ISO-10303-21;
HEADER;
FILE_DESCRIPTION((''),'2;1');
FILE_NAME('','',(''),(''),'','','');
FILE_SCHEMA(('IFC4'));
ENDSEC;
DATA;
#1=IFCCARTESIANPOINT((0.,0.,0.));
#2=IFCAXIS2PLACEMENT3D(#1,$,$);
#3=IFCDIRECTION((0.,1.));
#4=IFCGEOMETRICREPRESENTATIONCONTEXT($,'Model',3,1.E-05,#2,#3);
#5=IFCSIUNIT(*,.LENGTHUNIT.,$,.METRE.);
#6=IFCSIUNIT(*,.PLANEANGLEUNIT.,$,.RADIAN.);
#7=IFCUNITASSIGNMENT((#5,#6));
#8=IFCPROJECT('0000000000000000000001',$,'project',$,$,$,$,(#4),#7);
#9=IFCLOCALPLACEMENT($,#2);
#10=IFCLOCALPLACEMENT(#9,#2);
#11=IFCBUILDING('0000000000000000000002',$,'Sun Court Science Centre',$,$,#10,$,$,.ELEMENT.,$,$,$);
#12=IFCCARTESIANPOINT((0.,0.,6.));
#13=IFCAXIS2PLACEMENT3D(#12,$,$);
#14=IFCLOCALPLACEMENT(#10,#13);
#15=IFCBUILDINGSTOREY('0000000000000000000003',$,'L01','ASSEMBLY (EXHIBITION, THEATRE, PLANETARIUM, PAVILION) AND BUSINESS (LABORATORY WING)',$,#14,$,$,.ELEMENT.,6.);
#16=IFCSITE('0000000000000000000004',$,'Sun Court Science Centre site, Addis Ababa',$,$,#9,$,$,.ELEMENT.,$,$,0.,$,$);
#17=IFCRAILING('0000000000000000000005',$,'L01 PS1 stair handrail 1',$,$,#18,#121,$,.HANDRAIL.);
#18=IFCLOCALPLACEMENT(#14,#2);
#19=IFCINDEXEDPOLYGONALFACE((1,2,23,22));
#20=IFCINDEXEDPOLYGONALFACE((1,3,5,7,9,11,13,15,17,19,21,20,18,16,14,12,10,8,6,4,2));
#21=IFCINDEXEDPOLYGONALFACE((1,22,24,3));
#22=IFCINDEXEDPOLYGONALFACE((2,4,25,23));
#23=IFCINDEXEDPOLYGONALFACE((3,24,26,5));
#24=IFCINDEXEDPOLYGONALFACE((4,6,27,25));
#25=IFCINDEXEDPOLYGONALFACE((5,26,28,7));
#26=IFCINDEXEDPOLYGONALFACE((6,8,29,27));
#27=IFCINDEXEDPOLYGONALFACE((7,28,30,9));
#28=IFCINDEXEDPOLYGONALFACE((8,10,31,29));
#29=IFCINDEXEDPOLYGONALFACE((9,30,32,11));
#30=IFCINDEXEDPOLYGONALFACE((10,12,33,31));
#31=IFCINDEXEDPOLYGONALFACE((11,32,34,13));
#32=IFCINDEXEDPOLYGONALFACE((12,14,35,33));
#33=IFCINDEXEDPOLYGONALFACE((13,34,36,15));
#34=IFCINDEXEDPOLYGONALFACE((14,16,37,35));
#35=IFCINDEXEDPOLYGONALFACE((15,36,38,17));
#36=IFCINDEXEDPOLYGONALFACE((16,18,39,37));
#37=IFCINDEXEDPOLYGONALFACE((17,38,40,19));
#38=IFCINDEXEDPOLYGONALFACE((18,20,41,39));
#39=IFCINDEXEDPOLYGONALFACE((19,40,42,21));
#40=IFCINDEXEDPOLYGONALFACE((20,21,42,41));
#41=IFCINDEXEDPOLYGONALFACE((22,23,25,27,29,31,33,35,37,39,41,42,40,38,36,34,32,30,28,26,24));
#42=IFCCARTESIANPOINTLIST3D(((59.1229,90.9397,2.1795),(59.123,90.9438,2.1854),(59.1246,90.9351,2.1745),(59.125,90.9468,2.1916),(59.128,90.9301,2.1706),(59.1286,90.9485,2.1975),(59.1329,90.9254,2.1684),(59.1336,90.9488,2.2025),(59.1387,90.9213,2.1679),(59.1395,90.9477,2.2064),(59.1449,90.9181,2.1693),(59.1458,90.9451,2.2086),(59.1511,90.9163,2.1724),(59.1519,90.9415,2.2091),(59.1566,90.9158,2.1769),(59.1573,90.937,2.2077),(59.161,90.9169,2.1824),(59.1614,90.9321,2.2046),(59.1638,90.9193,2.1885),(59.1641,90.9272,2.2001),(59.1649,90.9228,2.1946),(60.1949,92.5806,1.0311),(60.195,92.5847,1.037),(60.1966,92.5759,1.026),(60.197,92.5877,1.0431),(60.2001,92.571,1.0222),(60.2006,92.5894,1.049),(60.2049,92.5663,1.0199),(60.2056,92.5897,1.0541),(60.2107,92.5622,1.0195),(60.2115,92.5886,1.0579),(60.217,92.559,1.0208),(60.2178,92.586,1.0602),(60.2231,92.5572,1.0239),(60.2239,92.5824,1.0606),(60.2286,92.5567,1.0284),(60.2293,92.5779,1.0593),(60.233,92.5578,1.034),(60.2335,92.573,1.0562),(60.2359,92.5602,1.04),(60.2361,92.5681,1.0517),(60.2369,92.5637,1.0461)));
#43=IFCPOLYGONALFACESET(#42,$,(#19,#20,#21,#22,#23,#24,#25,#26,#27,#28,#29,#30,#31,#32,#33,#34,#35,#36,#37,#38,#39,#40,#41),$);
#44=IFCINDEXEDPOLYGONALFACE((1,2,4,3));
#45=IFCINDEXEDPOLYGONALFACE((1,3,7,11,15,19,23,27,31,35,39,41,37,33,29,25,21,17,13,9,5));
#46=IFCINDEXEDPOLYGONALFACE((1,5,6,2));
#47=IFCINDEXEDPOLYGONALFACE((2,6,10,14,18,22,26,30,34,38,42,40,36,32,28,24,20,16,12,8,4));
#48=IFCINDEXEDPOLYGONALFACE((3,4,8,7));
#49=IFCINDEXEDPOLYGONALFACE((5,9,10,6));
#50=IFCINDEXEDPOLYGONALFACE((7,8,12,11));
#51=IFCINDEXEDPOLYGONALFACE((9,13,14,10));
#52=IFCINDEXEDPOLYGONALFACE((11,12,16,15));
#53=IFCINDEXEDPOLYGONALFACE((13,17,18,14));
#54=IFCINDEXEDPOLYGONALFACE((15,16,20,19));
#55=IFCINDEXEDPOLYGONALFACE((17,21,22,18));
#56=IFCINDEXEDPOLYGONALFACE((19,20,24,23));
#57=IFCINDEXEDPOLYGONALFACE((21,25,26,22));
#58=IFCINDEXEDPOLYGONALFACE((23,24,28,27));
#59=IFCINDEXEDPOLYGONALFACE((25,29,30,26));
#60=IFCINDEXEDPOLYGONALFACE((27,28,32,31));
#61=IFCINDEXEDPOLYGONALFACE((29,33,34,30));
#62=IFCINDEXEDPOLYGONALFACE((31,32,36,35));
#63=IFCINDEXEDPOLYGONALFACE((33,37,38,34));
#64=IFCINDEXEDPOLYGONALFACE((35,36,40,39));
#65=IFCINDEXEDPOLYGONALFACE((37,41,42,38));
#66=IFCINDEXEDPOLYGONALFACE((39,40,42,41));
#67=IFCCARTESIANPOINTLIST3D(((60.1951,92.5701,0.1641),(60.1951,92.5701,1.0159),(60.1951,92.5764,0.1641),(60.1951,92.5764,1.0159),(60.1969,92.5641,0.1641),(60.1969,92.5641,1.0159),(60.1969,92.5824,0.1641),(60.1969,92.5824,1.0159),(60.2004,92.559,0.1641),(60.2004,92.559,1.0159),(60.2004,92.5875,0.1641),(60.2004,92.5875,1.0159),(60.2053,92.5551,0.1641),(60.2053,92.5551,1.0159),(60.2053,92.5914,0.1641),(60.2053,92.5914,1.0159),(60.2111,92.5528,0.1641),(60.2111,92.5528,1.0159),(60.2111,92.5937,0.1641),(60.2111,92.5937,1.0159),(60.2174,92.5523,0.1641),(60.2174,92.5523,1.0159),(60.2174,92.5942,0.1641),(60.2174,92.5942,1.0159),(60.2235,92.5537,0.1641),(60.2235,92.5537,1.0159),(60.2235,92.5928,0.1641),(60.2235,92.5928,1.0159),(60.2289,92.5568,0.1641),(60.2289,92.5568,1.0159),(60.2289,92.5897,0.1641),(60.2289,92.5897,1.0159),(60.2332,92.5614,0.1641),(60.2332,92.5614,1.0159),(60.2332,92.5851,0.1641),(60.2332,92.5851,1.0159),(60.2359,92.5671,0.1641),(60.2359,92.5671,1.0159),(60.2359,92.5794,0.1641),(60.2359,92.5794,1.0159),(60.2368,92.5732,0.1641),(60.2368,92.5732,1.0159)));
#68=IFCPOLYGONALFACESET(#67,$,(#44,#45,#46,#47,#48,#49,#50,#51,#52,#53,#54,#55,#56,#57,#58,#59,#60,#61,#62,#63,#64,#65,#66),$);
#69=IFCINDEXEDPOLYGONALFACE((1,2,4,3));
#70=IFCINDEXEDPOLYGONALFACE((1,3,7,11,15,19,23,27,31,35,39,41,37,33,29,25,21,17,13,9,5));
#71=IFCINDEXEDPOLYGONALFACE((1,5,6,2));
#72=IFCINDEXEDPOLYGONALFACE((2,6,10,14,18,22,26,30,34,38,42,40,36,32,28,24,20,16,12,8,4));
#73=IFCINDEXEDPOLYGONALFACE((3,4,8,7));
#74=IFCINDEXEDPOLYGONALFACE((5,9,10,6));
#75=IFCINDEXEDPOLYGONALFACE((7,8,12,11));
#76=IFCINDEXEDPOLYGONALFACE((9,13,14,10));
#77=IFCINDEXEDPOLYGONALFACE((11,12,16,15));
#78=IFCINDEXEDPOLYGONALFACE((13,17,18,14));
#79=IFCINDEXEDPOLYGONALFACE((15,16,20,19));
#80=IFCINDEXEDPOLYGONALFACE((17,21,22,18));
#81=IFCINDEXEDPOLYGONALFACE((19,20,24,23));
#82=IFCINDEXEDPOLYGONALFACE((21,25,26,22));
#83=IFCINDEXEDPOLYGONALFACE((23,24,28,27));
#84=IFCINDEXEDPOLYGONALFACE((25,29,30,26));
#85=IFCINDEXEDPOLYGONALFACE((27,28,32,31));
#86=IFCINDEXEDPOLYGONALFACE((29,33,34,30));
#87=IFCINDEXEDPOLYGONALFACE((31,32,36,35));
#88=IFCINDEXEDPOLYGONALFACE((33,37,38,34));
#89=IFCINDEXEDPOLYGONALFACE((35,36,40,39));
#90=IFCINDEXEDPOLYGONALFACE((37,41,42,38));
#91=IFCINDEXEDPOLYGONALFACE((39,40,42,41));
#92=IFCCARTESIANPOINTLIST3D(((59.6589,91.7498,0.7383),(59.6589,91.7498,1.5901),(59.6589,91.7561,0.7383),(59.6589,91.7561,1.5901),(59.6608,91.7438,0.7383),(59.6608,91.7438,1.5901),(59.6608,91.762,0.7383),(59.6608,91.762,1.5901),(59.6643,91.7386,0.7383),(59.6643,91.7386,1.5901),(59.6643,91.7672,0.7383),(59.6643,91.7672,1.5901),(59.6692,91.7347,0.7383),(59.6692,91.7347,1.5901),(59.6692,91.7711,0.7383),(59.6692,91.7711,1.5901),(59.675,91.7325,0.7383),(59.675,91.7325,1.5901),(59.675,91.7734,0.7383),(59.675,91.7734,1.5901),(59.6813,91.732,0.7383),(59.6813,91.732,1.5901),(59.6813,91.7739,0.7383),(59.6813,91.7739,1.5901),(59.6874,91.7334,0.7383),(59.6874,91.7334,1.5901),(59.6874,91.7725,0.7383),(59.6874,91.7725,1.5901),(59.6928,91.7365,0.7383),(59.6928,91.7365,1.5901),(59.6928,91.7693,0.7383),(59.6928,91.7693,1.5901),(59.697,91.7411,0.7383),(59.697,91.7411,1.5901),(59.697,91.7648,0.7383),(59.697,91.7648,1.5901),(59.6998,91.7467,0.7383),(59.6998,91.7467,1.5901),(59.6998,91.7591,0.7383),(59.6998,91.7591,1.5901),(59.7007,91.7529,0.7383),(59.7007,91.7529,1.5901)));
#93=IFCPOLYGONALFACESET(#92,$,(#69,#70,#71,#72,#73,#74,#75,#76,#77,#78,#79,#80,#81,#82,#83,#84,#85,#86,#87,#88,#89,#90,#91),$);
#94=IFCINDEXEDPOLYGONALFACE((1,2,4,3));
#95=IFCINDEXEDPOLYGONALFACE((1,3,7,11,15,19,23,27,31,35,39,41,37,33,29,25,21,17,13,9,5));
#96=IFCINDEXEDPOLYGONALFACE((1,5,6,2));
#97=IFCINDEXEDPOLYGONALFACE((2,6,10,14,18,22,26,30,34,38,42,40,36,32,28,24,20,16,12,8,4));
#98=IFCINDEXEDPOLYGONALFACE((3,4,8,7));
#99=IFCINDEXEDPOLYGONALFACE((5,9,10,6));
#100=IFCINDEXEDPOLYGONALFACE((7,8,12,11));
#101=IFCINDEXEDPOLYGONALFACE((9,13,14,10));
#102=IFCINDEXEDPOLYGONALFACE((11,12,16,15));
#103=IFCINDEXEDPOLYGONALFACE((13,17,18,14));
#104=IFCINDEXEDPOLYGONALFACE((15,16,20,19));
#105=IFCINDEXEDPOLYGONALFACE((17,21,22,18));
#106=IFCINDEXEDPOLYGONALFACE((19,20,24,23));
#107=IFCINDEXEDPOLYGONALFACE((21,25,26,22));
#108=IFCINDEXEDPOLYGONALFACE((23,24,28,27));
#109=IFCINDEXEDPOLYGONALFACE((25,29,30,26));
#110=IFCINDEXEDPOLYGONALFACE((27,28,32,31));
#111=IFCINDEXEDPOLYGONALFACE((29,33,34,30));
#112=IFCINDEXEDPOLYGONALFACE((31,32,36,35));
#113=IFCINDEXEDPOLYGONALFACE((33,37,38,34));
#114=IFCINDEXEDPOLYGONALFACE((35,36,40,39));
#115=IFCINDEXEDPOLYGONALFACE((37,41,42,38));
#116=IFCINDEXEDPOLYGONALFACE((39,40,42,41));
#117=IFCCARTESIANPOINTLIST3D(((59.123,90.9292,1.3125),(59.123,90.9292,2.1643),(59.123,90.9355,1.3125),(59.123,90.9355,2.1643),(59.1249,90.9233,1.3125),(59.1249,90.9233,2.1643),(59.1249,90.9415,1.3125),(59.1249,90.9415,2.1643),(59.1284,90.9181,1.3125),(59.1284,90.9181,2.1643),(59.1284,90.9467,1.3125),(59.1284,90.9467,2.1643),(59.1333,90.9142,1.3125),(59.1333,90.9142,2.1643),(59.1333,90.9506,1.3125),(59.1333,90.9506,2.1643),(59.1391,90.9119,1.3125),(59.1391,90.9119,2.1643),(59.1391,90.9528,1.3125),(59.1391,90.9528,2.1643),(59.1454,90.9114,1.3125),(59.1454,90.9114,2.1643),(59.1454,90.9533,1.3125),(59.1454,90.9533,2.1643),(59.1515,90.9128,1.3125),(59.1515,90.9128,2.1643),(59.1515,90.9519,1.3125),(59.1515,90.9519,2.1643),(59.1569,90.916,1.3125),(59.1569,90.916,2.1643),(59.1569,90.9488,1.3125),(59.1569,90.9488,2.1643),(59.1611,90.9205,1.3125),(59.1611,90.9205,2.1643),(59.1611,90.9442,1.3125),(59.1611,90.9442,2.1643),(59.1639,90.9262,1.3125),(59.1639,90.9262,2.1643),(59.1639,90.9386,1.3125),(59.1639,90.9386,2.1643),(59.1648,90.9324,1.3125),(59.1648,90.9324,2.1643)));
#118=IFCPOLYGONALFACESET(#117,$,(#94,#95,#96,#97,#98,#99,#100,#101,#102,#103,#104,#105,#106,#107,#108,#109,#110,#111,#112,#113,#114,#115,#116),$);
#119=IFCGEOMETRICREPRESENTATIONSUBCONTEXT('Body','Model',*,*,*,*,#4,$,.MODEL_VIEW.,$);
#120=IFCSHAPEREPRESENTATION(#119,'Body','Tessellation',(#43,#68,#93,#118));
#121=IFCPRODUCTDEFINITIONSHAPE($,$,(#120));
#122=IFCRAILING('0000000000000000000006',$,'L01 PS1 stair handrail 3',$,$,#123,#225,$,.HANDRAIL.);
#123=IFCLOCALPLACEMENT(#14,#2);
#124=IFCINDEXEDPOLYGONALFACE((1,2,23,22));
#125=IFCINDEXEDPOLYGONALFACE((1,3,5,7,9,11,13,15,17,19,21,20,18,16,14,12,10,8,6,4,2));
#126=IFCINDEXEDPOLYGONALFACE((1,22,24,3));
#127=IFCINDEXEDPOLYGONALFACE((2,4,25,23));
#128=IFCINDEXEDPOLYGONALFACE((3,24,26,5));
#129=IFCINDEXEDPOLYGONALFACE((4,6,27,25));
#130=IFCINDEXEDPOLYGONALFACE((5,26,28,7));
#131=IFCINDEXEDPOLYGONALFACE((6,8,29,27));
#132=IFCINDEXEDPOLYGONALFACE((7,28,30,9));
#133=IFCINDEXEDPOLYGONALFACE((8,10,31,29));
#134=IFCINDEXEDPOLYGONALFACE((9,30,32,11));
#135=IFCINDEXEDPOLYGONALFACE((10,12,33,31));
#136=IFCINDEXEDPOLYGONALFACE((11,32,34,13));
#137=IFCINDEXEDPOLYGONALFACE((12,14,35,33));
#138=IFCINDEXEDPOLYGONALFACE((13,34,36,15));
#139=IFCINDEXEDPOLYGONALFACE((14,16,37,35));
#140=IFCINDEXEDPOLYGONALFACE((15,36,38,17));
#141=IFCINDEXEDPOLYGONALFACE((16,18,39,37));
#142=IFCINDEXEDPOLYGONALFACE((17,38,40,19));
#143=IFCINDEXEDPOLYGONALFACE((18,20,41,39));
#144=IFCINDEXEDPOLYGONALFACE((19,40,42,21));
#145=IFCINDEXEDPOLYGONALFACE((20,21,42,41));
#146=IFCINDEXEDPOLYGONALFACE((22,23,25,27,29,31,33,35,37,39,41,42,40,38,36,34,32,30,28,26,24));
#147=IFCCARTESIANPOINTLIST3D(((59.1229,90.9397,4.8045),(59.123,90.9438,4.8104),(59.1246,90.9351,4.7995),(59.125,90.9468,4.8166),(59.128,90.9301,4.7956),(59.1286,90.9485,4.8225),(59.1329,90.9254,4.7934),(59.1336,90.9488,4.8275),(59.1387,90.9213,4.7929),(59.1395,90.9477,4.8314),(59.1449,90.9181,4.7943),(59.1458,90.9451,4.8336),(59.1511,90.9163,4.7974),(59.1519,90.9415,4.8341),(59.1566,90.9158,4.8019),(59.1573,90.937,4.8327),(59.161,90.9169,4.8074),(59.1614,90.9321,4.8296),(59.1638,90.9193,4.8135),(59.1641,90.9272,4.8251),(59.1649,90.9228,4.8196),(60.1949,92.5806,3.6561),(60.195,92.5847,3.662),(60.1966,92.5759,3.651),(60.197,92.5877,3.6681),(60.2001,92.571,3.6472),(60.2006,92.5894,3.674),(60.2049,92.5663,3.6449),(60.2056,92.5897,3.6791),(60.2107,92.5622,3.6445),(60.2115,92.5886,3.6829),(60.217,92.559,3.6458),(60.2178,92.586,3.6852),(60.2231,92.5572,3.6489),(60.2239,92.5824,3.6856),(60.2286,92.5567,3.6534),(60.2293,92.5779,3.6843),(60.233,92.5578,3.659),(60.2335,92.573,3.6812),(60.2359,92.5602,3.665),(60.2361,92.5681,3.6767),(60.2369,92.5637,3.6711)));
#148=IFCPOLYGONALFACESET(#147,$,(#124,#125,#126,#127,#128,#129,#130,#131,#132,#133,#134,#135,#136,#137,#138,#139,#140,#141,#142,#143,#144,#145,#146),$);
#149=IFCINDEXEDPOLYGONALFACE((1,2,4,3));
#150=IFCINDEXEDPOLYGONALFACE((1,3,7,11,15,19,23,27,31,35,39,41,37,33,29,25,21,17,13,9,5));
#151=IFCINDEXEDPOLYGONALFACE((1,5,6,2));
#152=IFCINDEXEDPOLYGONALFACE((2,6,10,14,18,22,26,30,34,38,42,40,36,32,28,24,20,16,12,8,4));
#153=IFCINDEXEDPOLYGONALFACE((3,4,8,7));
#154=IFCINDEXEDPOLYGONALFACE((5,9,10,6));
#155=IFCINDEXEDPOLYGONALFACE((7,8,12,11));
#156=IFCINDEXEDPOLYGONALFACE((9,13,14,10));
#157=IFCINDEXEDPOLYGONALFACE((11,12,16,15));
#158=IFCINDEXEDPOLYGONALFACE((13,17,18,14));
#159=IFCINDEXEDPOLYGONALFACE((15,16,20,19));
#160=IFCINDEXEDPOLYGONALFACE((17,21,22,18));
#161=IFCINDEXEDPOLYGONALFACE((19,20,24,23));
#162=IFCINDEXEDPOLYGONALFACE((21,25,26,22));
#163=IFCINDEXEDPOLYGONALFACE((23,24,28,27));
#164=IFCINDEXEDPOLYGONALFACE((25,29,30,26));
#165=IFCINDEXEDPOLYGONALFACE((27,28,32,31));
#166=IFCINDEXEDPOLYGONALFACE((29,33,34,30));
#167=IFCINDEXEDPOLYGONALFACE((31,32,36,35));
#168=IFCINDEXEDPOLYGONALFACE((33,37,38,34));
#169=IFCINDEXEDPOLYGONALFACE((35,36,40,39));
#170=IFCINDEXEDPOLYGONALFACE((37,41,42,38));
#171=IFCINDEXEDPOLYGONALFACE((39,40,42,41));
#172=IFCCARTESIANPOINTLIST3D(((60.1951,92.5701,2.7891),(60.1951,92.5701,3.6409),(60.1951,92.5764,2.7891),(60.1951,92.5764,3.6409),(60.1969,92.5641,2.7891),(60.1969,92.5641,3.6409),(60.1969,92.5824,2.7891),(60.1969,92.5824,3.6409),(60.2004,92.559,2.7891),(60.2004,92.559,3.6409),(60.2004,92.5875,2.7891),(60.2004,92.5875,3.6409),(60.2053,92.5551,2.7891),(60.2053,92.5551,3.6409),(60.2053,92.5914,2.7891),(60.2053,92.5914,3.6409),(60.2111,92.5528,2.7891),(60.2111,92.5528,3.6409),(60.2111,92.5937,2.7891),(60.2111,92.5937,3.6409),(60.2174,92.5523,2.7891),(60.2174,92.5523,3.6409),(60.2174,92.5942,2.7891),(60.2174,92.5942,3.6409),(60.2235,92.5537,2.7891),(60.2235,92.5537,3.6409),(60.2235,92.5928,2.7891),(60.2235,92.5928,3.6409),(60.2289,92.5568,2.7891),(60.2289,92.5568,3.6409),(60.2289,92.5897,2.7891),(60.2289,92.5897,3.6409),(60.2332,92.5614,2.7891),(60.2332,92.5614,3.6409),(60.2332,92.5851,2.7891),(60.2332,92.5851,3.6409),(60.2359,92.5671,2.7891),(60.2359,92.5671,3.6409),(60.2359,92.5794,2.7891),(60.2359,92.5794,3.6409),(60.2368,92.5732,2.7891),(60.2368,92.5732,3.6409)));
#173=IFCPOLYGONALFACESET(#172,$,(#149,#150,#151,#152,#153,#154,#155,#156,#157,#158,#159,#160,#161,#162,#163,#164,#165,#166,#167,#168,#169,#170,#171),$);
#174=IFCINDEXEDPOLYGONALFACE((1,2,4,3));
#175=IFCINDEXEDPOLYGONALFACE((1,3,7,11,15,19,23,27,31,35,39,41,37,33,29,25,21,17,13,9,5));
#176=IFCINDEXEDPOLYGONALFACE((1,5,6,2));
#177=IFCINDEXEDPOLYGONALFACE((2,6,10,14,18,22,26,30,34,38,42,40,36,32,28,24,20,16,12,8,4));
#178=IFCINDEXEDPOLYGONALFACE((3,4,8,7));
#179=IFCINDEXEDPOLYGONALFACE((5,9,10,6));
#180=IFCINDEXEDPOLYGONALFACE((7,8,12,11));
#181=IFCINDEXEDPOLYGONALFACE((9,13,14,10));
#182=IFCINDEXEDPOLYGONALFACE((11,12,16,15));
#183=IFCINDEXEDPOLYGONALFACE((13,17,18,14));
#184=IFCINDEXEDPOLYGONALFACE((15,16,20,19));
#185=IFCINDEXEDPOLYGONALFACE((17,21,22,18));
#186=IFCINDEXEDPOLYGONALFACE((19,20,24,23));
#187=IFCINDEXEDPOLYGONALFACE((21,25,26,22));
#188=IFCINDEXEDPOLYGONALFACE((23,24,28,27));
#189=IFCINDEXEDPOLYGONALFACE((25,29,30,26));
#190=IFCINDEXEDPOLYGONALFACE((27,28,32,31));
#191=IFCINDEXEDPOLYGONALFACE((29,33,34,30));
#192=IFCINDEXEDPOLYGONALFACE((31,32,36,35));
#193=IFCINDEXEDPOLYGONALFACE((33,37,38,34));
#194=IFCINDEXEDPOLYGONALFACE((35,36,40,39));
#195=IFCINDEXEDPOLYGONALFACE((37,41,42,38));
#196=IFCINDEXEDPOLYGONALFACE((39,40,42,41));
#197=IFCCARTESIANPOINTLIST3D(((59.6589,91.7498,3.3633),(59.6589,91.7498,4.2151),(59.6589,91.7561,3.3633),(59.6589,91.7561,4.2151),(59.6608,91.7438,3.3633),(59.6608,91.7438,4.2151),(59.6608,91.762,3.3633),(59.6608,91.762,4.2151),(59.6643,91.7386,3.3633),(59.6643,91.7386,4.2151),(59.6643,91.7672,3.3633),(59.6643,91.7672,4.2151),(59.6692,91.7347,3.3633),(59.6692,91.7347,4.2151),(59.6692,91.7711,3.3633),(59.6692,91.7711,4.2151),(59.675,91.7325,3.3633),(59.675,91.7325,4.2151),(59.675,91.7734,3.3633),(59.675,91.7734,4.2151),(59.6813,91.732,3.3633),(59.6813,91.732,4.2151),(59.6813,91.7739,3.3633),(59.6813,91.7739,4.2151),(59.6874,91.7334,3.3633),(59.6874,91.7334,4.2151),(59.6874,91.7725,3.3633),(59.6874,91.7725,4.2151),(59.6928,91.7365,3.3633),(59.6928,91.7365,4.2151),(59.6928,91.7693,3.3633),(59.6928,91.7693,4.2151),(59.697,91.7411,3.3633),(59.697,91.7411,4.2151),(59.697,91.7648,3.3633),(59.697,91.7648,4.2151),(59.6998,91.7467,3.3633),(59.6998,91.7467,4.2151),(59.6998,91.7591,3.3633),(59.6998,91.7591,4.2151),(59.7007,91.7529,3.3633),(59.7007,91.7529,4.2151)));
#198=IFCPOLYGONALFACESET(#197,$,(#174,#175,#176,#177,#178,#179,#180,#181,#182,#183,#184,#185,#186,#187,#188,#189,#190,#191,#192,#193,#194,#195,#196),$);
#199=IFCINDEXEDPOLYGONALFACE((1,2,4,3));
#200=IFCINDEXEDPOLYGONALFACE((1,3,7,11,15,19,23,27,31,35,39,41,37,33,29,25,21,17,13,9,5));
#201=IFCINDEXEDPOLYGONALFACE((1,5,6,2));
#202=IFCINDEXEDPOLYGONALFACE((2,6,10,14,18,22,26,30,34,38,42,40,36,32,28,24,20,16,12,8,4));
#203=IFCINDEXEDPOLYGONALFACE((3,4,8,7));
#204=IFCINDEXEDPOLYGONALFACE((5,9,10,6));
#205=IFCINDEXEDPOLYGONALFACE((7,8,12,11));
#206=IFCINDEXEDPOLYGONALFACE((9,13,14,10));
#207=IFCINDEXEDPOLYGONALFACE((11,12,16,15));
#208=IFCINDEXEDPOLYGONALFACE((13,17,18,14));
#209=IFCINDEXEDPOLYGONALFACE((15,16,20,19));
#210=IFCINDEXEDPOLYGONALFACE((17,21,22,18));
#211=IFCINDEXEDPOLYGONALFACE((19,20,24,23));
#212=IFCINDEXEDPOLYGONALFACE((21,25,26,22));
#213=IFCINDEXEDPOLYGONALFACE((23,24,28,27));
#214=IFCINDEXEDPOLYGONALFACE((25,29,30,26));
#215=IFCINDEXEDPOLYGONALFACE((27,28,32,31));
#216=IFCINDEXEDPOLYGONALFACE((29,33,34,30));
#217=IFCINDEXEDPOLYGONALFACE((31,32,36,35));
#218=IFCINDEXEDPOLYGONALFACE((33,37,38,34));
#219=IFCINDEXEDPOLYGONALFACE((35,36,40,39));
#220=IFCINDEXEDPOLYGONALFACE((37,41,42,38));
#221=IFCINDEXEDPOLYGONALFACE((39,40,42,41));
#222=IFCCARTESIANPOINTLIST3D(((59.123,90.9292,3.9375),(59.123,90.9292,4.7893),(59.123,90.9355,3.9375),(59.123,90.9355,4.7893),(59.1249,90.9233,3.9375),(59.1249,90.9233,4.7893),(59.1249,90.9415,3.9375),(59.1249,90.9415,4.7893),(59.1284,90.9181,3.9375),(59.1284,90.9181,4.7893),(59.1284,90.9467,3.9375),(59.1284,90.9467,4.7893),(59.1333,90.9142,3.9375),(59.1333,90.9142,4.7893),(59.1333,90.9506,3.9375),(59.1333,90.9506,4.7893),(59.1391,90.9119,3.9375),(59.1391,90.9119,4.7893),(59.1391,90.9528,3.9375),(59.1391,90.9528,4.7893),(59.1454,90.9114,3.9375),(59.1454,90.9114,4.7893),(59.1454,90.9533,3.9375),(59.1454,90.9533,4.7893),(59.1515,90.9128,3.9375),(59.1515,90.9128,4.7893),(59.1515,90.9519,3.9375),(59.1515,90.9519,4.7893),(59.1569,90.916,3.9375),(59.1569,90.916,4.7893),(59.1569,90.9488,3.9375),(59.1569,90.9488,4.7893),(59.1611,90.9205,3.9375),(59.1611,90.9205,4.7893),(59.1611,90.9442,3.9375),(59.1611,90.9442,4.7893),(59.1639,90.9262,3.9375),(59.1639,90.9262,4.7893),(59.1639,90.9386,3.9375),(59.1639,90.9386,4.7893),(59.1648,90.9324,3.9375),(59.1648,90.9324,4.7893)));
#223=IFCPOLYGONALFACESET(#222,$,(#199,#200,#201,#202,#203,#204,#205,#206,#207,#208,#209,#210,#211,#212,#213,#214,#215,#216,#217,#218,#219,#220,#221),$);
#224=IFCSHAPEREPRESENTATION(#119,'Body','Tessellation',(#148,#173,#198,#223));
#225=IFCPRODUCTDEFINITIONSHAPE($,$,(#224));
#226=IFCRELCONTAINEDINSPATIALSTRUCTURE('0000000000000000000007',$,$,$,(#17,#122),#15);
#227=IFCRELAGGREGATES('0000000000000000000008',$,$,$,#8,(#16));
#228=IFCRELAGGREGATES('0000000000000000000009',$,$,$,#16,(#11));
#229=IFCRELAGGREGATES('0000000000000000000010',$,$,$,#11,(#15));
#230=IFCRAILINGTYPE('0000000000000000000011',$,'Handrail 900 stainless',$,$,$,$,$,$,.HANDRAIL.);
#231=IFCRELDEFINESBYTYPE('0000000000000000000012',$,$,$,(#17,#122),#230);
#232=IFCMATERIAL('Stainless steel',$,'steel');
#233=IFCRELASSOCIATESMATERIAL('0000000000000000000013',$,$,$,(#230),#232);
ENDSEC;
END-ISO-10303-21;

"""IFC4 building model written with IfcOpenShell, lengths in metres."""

from ifc_helpers import new_model, si_unit, direction, frame, origin, origin_2d, place, context, subcontext, project, spatial, circle, extrude, material, type_object, element, save


model = new_model("IFC4")

# Units and contexts
model_context = context("Model", 3, precision=1e-05, world=origin(), true_north=direction((0.0, 1.0)))
body_context = subcontext(model_context, "Body", "Model", "MODEL_VIEW")
ifc_project = project(units=[si_unit("LENGTHUNIT", "METRE"), si_unit("PLANEANGLEUNIT", "RADIAN")], contexts=[model_context])

# Site, building, storey
site_placement = place(None, origin())
site = spatial("IfcSite", under=ifc_project, at=site_placement, Name="Sun Court Science Centre site, Addis Ababa", CompositionType="ELEMENT", RefElevation=0.0)
building_placement = place(site_placement, origin())
building = spatial("IfcBuilding", under=site, at=building_placement, Name="Sun Court Science Centre", CompositionType="ELEMENT")
storey_placement = place(building_placement, frame((0.0, 0.0, 6.0)))
storey = spatial("IfcBuildingStorey", under=building, at=storey_placement, Name="L01", Description="ASSEMBLY (EXHIBITION, THEATRE, PLANETARIUM, PAVILION) AND BUSINESS (LABORATORY WING)", CompositionType="ELEMENT", Elevation=6.0)

# Railings
ifc_material_1 = material(Name="Stainless steel", Category="steel")
railing_type_1 = type_object("IfcRailingType", Name="Handrail 900 stainless", PredefinedType="HANDRAIL", material=ifc_material_1)
for number, where, name in (
    (1, (60.2158, 92.5732, 0.1641), "L01 PS1 stair handrail 1"),
    (2, (60.2158, 92.5732, 2.7891), "L01 PS1 stair handrail 3"),
):
    element("IfcRailing", number, at=place(storey_placement, frame(where)), inside=storey, type_object=railing_type_1, Name=name, PredefinedType="HANDRAIL", context=body_context, shape_type="SweptSolid", body=[
        extrude(circle(Radius=0.0239, at=origin_2d()), frame((0.0, 0.0, 0.876), z_axis=(-0.471904, -0.722311, 0.505543), x_axis=(0.837169, -0.546944, 0.0)), (0.0, 0.0, 1.0), 2.2717),
        extrude(circle(Radius=0.021, at=origin_2d()), origin(), (0.0, 0.0, 1.0), 0.8518),
        extrude(circle(Radius=0.021, at=origin_2d()), frame((-0.5361, -0.8203, 0.5742)), (0.0, 0.0, 1.0), 0.8518),
        extrude(circle(Radius=0.021, at=origin_2d()), frame((-1.072, -1.6409, 1.1484)), (0.0, 0.0, 1.0), 0.8518),
    ])

save(model, "model.ifc")
